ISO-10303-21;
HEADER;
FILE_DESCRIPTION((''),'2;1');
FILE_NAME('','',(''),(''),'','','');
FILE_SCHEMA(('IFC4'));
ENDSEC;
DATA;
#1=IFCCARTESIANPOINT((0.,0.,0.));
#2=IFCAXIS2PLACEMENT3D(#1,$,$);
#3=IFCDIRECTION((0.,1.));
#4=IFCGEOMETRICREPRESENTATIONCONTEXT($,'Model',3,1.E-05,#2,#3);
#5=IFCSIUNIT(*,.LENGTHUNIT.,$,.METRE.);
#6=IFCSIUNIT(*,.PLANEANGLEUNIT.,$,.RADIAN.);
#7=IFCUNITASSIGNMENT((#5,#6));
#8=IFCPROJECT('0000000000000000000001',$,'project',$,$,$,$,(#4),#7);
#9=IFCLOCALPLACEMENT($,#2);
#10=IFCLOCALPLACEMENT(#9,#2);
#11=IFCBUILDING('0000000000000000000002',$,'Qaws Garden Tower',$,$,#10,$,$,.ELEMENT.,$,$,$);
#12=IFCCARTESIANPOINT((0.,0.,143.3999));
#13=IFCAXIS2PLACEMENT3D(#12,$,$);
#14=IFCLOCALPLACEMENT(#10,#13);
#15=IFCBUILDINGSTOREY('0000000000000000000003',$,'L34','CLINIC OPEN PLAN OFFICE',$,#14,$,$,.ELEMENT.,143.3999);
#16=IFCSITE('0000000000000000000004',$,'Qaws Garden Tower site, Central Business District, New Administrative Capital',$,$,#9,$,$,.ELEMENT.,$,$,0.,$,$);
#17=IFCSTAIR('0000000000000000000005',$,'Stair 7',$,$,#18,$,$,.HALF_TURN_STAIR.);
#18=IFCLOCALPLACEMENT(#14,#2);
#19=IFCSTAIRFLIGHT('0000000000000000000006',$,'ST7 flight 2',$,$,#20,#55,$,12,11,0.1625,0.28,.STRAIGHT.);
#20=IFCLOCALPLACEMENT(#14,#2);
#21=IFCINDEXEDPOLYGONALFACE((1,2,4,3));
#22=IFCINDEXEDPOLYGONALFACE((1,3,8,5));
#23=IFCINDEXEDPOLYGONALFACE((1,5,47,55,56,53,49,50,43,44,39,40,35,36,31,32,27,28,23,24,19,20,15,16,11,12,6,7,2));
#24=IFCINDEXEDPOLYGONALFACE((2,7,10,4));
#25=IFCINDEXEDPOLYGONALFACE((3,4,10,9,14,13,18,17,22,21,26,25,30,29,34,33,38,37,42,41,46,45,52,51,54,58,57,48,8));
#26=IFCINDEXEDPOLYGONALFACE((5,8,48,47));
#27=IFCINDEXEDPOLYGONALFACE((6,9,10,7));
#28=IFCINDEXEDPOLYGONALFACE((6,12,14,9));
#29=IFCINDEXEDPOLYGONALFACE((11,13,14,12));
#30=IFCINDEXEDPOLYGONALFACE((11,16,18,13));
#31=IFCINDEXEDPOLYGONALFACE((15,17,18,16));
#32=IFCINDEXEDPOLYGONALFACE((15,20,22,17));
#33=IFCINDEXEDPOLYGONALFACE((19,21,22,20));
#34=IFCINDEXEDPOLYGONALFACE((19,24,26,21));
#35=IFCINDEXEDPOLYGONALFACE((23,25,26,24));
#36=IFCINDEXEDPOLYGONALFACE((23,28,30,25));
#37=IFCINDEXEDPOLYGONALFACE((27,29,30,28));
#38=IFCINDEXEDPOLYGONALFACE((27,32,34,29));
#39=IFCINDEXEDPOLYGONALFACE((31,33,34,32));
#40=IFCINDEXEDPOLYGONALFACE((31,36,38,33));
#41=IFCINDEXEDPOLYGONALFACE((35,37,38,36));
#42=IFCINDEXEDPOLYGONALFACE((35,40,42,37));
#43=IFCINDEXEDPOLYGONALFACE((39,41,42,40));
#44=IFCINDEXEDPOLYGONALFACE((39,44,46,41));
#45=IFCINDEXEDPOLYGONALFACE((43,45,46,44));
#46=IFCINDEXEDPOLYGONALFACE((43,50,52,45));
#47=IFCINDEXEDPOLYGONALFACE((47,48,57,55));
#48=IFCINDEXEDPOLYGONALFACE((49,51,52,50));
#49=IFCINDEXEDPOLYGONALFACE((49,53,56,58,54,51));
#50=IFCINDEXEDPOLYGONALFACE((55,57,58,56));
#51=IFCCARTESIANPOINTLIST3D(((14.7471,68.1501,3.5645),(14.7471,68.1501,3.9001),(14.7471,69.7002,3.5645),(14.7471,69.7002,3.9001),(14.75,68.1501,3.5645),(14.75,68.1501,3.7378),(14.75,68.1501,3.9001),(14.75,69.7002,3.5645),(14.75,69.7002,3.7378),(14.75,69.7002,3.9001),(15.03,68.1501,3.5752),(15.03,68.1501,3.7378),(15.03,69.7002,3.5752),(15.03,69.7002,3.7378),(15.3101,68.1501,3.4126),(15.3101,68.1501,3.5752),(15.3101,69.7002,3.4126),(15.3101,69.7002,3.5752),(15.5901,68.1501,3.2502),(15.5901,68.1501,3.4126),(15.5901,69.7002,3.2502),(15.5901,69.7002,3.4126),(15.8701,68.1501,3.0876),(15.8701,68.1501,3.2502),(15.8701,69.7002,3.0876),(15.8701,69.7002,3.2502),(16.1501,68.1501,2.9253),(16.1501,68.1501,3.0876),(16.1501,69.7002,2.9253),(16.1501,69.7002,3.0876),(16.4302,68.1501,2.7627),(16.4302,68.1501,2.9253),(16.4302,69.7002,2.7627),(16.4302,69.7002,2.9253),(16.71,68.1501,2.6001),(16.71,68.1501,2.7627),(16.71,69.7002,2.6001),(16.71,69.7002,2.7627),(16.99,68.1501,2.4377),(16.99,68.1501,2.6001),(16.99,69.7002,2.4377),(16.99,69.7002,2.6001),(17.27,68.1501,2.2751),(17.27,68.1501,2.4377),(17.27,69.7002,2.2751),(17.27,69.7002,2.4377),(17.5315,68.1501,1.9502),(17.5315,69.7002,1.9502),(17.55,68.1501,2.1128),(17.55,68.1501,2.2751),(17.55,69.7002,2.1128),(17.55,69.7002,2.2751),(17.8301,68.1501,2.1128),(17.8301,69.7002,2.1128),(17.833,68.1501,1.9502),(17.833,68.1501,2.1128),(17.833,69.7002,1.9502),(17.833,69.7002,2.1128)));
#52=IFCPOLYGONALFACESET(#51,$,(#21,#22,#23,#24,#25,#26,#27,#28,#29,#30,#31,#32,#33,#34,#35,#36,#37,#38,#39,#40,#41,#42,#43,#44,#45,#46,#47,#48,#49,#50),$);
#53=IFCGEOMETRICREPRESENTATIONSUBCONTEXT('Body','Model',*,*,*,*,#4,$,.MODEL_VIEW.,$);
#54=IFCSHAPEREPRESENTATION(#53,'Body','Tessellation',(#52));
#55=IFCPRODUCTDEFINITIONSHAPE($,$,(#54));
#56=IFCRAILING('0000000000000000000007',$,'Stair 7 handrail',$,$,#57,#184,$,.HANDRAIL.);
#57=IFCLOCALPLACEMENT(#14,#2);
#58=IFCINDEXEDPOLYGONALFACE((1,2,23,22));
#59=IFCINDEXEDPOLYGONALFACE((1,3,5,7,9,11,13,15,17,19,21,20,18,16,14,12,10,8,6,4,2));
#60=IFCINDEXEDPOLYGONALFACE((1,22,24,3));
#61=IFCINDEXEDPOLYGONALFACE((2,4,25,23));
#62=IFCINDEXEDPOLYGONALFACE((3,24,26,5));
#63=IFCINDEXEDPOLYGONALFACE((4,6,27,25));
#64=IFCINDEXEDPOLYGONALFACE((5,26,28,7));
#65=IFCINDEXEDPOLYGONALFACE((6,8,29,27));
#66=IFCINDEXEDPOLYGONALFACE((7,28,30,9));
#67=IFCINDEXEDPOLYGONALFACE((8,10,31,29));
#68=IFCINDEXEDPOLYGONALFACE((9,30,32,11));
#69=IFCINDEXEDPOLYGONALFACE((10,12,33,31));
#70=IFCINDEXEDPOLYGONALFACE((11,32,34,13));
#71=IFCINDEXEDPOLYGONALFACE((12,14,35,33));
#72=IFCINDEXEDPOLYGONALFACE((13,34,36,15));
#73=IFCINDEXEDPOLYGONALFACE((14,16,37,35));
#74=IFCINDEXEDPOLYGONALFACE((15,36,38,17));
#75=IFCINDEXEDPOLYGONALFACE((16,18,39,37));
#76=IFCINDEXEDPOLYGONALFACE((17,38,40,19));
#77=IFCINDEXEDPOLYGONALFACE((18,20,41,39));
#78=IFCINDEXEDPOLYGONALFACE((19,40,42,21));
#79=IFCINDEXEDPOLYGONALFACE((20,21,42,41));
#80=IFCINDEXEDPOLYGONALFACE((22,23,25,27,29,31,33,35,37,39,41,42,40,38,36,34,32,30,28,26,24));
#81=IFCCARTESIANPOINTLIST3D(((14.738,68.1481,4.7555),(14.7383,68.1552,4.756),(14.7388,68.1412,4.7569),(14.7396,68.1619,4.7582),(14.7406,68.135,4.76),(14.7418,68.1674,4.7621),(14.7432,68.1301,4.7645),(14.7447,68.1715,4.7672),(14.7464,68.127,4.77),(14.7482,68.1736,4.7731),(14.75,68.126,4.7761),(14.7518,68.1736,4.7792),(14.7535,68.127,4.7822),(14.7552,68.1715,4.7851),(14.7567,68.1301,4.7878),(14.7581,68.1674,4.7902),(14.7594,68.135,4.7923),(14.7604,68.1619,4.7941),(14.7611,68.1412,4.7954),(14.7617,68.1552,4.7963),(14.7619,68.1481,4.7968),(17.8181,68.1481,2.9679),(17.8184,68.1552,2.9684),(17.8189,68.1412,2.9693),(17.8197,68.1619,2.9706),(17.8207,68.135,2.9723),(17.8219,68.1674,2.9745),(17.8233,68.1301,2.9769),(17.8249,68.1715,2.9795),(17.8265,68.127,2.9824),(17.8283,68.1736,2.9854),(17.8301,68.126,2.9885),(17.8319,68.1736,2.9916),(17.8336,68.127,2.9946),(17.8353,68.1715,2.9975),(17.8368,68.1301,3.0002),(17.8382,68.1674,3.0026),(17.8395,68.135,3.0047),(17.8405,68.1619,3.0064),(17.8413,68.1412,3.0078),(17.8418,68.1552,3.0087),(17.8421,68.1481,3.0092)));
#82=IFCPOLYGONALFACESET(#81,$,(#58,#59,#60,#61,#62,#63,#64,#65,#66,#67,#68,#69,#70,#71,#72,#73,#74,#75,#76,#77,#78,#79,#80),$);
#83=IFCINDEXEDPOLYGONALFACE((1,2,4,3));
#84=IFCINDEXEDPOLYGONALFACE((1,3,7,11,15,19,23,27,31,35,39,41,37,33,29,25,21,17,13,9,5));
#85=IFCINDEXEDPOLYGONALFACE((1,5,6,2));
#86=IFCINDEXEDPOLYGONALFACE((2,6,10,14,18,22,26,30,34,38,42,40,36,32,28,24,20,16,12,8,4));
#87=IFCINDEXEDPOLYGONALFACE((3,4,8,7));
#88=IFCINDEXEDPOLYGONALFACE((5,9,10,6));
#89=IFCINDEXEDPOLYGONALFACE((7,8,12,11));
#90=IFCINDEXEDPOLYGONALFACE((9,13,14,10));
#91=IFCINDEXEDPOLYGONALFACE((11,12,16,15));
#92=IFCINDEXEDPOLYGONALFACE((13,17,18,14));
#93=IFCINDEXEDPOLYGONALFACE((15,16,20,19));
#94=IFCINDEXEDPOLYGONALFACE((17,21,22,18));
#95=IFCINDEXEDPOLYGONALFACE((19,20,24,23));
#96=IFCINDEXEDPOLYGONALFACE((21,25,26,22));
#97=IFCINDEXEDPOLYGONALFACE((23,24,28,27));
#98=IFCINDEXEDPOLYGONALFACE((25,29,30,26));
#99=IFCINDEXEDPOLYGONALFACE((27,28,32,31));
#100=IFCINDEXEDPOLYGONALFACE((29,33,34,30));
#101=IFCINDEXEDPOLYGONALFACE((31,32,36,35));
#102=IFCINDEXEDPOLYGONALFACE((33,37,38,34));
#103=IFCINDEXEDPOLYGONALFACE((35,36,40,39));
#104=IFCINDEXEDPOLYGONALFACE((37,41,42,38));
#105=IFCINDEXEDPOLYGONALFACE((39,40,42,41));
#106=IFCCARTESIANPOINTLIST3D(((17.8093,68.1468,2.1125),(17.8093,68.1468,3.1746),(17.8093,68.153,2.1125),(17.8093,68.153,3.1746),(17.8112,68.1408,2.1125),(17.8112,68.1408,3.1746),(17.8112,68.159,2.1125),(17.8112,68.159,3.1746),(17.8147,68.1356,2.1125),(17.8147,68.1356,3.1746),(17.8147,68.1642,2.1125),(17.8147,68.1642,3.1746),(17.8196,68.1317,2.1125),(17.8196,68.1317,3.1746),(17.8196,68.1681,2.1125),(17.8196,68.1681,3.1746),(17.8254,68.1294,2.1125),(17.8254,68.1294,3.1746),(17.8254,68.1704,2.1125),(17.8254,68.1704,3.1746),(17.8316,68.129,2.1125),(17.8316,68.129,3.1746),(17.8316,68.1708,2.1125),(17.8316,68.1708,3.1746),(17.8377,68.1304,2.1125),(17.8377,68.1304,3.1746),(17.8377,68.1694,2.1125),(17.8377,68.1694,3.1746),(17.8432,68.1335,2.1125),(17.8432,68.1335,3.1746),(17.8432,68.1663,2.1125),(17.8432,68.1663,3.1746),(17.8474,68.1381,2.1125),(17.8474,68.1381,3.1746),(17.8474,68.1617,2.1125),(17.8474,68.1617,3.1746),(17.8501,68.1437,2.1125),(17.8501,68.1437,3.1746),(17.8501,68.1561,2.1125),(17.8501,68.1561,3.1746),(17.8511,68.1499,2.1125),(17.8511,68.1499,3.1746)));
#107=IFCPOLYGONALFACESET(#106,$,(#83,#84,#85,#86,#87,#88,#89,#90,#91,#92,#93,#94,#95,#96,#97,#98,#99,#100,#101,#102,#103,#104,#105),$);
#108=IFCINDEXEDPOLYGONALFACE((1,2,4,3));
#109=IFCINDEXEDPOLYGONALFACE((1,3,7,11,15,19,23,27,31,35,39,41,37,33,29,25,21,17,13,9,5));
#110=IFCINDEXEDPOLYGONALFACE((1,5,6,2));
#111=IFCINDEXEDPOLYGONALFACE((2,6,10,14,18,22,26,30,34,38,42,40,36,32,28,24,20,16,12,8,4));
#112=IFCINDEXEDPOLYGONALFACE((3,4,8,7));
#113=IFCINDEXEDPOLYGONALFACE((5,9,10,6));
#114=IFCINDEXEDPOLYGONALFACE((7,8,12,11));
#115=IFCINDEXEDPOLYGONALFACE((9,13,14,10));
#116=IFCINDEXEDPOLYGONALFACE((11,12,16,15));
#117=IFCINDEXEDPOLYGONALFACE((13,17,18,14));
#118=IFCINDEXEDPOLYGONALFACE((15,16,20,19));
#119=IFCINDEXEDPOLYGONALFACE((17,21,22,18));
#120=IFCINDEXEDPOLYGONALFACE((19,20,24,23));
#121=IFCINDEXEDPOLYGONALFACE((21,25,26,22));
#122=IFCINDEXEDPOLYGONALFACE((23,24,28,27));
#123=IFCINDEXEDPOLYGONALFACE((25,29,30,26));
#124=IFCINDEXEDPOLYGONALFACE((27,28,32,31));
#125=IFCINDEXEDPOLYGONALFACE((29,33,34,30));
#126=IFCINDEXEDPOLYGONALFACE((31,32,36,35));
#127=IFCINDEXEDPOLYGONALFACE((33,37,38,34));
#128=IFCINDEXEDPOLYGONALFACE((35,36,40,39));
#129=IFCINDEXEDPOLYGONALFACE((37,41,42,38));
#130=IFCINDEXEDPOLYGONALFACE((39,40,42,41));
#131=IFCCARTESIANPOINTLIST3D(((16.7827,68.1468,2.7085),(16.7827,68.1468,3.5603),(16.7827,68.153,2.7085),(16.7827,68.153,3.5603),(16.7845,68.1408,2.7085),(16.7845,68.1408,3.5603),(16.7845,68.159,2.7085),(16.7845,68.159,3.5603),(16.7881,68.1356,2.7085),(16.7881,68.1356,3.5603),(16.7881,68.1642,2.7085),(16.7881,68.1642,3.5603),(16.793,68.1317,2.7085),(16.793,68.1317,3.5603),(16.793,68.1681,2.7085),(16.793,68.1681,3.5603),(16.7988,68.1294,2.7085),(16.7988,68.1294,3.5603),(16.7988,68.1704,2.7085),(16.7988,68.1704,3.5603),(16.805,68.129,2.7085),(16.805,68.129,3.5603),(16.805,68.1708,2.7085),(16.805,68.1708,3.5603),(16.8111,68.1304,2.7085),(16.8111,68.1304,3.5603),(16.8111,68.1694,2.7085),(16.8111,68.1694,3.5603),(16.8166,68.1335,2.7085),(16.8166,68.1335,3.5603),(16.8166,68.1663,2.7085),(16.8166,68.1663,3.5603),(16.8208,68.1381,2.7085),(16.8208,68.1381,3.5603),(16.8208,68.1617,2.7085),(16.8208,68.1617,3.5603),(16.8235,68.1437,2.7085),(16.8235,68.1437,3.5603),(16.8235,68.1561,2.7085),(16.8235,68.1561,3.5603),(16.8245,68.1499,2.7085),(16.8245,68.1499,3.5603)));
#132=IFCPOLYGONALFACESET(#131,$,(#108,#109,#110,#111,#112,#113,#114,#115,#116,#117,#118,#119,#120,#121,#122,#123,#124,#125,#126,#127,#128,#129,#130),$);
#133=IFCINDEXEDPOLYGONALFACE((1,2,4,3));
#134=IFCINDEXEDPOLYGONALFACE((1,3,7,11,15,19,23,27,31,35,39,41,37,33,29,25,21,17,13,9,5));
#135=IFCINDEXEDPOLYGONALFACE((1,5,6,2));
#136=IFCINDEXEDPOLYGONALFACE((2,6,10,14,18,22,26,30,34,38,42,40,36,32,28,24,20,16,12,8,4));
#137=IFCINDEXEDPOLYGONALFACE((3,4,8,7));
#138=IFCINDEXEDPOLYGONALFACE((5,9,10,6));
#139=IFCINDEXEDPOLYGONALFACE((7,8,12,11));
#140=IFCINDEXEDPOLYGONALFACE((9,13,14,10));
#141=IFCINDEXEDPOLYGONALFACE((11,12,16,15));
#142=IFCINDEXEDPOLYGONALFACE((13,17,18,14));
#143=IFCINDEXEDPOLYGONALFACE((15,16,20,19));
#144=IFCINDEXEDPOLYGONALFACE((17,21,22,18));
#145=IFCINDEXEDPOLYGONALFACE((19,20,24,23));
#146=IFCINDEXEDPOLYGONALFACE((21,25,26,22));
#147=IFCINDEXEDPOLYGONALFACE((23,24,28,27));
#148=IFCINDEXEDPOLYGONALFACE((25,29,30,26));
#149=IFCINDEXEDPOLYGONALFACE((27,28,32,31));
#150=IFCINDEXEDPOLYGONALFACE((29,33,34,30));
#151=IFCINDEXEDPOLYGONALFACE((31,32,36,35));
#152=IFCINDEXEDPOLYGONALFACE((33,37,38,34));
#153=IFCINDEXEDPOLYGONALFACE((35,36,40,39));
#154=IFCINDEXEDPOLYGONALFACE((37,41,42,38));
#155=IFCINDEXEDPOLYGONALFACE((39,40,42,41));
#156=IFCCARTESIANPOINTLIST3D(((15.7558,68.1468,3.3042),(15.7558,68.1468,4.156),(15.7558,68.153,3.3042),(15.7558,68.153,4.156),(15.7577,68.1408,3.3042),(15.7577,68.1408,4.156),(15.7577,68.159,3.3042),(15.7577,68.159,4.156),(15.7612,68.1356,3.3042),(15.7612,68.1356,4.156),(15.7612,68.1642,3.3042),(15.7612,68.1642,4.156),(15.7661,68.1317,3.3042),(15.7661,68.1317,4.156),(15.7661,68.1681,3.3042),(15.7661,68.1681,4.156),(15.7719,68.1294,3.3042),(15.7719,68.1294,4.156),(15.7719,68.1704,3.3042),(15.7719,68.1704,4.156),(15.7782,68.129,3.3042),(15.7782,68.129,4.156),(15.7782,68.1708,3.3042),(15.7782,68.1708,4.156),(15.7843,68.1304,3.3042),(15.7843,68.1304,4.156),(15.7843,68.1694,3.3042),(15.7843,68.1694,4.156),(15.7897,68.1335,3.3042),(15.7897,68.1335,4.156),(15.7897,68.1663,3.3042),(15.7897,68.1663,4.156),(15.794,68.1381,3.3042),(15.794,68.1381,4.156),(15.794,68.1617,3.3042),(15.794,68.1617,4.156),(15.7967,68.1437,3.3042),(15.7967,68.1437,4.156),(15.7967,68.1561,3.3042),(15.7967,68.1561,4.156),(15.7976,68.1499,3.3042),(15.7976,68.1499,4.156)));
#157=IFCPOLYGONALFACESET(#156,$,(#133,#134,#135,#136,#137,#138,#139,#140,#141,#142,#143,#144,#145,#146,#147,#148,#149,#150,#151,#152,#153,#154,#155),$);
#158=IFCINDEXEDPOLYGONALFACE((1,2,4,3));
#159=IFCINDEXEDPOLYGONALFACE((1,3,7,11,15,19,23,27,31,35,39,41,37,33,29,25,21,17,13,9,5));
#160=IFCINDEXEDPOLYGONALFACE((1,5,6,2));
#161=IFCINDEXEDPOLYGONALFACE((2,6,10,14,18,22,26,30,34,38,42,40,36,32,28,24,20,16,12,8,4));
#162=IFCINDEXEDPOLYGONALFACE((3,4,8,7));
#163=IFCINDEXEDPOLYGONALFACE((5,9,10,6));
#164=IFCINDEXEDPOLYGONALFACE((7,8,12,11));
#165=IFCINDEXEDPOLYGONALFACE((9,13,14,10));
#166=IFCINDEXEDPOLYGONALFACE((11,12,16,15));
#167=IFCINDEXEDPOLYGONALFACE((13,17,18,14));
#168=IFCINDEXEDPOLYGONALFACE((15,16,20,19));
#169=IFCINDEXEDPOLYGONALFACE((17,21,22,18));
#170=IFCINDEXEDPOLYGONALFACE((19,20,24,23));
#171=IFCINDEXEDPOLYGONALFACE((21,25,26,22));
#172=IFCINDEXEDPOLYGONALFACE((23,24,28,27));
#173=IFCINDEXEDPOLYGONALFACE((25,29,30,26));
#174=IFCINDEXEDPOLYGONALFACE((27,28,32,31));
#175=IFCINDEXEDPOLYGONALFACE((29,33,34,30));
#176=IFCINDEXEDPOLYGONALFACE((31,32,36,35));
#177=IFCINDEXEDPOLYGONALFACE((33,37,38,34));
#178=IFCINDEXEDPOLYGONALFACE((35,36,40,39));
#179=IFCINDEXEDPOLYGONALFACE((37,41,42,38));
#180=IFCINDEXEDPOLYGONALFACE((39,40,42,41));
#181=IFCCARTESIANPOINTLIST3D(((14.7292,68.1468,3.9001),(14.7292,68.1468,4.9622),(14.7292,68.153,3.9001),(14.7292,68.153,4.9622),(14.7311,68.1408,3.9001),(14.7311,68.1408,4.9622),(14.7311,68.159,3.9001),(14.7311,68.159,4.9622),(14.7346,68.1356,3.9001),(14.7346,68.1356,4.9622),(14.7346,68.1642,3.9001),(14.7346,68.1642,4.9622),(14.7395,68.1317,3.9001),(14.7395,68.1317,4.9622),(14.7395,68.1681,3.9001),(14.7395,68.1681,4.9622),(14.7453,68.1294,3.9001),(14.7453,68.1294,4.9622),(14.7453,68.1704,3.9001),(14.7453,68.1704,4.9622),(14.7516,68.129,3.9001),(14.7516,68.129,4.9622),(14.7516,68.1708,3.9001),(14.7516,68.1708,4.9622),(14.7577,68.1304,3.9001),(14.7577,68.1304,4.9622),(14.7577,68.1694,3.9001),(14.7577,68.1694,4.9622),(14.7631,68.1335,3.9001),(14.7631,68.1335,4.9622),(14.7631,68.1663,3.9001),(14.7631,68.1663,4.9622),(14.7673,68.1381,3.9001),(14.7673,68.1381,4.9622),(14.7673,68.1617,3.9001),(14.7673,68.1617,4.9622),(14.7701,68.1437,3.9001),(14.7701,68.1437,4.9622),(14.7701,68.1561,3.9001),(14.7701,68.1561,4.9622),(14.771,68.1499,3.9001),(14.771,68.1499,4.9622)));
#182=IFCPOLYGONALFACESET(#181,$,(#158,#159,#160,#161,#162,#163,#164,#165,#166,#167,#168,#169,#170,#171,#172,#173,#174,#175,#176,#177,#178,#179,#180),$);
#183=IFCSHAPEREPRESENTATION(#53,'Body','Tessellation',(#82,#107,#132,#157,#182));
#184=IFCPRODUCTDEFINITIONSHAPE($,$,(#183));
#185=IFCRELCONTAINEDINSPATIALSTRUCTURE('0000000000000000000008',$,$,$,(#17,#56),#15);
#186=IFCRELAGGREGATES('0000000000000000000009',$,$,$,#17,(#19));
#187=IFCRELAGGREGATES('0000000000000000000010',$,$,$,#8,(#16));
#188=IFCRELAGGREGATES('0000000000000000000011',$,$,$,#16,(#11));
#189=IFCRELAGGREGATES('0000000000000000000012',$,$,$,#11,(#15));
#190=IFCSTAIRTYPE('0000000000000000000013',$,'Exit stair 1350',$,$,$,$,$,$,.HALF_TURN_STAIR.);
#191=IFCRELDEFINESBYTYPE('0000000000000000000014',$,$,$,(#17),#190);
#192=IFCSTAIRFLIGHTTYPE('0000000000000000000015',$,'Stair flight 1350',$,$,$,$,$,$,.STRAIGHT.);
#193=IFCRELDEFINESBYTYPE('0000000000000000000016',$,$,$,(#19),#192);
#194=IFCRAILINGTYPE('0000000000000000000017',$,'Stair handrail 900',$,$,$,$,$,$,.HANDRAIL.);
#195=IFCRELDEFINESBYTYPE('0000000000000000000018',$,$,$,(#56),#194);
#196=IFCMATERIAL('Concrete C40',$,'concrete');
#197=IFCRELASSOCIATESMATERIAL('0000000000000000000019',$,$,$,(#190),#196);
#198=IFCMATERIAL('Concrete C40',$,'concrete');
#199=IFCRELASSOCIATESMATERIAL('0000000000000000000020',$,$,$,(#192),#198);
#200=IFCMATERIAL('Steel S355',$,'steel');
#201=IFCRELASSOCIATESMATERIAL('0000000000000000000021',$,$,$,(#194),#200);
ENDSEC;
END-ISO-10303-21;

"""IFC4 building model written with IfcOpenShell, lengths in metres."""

from ifc_helpers import new_model, si_unit, direction, frame, origin, origin_2d, place, context, subcontext, project, spatial, polyline, circle, outline, extrude, material, type_object, element, aggregate, save


model = new_model("IFC4")

# Units and contexts
model_context = context("Model", 3, precision=1e-05, world=origin(), true_north=direction((0.0, 1.0)))
body_context = subcontext(model_context, "Body", "Model", "MODEL_VIEW")
ifc_project = project(units=[si_unit("LENGTHUNIT", "METRE"), si_unit("PLANEANGLEUNIT", "RADIAN")], contexts=[model_context])

# Site, building, storey
site_placement = place(None, origin())
site = spatial("IfcSite", under=ifc_project, at=site_placement, Name="Qaws Garden Tower site, Central Business District, New Administrative Capital", CompositionType="ELEMENT", RefElevation=0.0)
building_placement = place(site_placement, origin())
building = spatial("IfcBuilding", under=site, at=building_placement, Name="Qaws Garden Tower", CompositionType="ELEMENT")
storey_placement = place(building_placement, frame((0.0, 0.0, 143.3999)))
storey = spatial("IfcBuildingStorey", under=building, at=storey_placement, Name="L34", Description="CLINIC OPEN PLAN OFFICE", CompositionType="ELEMENT", Elevation=143.3999)

# Stair, stair flight
ifc_material_1 = material(Name="Concrete C40", Category="concrete")
stair_type = type_object("IfcStairType", Name="Exit stair 1350", PredefinedType="HALF_TURN_STAIR", material=ifc_material_1)
stair_placement = place(storey_placement, origin())
stair = element("IfcStair", 1, at=stair_placement, inside=storey, type_object=stair_type, Name="Stair 7", PredefinedType="HALF_TURN_STAIR")
ifc_material_2 = material(Name="Concrete C40", Category="concrete")
stair_flight_type = type_object("IfcStairFlightType", Name="Stair flight 1350", PredefinedType="STRAIGHT", material=ifc_material_2)
stair_flight_placement = place(storey_placement, frame((17.8301, 68.925, 1.9502), z_axis=(0.0, 0.0, 1.0), x_axis=(-1.0, 0.0, 0.0)))
stair_flight = element("IfcStairFlight", 2, at=stair_flight_placement, type_object=stair_flight_type, Name="ST7 flight 2", NumberOfRisers=12, NumberOfTreads=11, PredefinedType="STRAIGHT", RiserHeight=0.1625, TreadLength=0.28, context=body_context, shape_type="SweptSolid", body=[
    extrude(outline(polyline([(-0.0029, 0.0), (-0.0029, 0.1626), (0.0, 0.1626), (0.28, 0.1626), (0.28, 0.325), (0.5601, 0.325), (0.5601, 0.4875), (0.8401, 0.4875), (0.8401, 0.6499), (1.1201, 0.6499), (1.1201, 0.8125), (1.3999, 0.8125), (1.3999, 0.9751), (1.6799, 0.9751), (1.6799, 1.1375), (1.96, 1.1375), (1.96, 1.3), (2.24, 1.3), (2.24, 1.4624), (2.52, 1.4624), (2.52, 1.625), (2.8, 1.625), (2.8, 1.7876), (3.0801, 1.7876), (3.0801, 1.95), (3.083, 1.95), (3.083, 1.6143), (3.0801, 1.6143), (0.2986, 0.0), (-0.0029, 0.0)])), frame((0.0, 0.7749, 0.0), z_axis=(0.0, -1.0, 0.0), x_axis=(1.0, 0.0, 0.0)), (0.0, 0.0, 1.0), 1.55),
])
aggregate(stair, [stair_flight])

# Railing
ifc_material_3 = material(Name="Steel S355", Category="steel")
railing_type = type_object("IfcRailingType", Name="Stair handrail 900", PredefinedType="HANDRAIL", material=ifc_material_3)
railing_placement = place(storey_placement, frame((17.8301, 68.1499, 2.1125)))
element("IfcRailing", 3, at=railing_placement, inside=storey, type_object=railing_type, Name="Stair 7 handrail", PredefinedType="HANDRAIL", context=body_context, shape_type="SweptSolid", body=[
    extrude(circle(Radius=0.0239, at=origin_2d()), frame((0.0, 0.0, 0.876), z_axis=(-0.864891, 0.0, 0.50196), x_axis=(0.0, -1.0, 0.0)), (0.0, 0.0, 1.0), 3.5613),
    extrude(circle(Radius=0.021, at=origin_2d()), origin(), (0.0, 0.0, 1.0), 1.062),
    extrude(circle(Radius=0.021, at=origin_2d()), frame((-1.0266, 0.0, 0.5959)), (0.0, 0.0, 1.0), 0.8518),
    extrude(circle(Radius=0.021, at=origin_2d()), frame((-2.0535, 0.0, 1.1917)), (0.0, 0.0, 1.0), 0.8518),
    extrude(circle(Radius=0.021, at=origin_2d()), frame((-3.0801, 0.0, 1.7876)), (0.0, 0.0, 1.0), 1.062),
])

save(model, "model.ifc")
